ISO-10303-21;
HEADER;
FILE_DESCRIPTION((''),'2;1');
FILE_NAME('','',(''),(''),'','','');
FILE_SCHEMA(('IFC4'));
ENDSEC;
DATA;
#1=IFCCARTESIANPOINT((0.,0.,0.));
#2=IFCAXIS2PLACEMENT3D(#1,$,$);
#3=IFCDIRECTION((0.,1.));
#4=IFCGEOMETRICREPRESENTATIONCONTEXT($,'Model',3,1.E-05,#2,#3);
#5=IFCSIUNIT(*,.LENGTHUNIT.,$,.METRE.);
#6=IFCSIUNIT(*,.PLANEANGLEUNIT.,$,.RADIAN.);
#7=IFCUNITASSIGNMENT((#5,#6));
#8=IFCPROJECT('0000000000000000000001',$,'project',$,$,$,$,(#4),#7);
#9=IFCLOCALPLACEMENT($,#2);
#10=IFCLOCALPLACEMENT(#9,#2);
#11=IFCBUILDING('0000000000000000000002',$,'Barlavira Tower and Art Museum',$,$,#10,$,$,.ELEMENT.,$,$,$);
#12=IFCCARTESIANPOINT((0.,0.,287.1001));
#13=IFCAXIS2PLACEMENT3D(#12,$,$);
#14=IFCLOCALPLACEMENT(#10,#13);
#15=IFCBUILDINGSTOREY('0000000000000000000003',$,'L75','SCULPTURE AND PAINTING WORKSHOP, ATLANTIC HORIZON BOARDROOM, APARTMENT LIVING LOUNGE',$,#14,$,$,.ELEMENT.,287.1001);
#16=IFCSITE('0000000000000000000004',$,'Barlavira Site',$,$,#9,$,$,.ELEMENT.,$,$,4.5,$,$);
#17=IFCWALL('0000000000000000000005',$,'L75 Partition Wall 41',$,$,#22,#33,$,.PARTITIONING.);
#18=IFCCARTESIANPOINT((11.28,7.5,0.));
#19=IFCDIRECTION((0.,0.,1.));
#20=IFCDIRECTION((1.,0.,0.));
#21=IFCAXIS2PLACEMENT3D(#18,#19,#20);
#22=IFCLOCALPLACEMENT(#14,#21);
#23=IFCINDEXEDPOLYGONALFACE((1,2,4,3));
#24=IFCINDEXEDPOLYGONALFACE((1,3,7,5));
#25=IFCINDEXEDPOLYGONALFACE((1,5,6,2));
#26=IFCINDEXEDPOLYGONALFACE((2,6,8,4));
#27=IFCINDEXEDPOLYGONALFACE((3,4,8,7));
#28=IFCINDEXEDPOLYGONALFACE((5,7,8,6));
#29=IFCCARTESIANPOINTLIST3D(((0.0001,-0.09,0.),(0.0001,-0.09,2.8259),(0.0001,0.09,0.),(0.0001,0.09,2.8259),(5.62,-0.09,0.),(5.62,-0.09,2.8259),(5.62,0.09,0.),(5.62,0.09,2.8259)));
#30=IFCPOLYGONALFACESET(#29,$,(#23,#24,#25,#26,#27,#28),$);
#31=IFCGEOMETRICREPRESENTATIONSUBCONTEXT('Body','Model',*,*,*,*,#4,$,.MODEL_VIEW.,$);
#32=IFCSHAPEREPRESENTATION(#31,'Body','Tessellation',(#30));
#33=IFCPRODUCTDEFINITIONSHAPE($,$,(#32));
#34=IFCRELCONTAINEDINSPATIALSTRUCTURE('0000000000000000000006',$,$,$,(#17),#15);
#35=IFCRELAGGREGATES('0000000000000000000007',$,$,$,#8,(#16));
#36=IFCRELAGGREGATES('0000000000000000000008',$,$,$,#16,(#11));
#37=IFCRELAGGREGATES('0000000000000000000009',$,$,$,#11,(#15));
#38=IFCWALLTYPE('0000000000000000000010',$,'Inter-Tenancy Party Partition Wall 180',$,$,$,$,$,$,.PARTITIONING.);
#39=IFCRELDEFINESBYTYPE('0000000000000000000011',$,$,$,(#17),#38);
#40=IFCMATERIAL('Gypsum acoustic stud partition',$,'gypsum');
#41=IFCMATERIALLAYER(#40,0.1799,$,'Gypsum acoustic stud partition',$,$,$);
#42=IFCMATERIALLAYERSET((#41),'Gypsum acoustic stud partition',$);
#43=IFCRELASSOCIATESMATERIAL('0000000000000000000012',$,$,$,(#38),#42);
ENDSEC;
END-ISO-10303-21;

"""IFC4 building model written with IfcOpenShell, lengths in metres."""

from ifc_helpers import new_model, si_unit, direction, frame, frame_2d, origin, place, context, subcontext, project, spatial, rectangle, extrude, material, layer, layer_set, type_object, element, save


model = new_model("IFC4")

# Units and contexts
model_context = context("Model", 3, precision=1e-05, world=origin(), true_north=direction((0.0, 1.0)))
body_context = subcontext(model_context, "Body", "Model", "MODEL_VIEW")
ifc_project = project(units=[si_unit("LENGTHUNIT", "METRE"), si_unit("PLANEANGLEUNIT", "RADIAN")], contexts=[model_context])

# Site, building, storey
site_placement = place(None, origin())
site = spatial("IfcSite", under=ifc_project, at=site_placement, Name="Barlavira Site", CompositionType="ELEMENT", RefElevation=4.5)
building_placement = place(site_placement, origin())
building = spatial("IfcBuilding", under=site, at=building_placement, Name="Barlavira Tower and Art Museum", CompositionType="ELEMENT")
storey_placement = place(building_placement, frame((0.0, 0.0, 287.1001)))
storey = spatial("IfcBuildingStorey", under=building, at=storey_placement, Name="L75", Description="SCULPTURE AND PAINTING WORKSHOP, ATLANTIC HORIZON BOARDROOM, APARTMENT LIVING LOUNGE", CompositionType="ELEMENT", Elevation=287.1001)

# Wall
ifc_material_1 = material(Name="Gypsum acoustic stud partition", Category="gypsum")
ifc_layer_1 = layer(ifc_material_1, 0.1799, Name="Gypsum acoustic stud partition")
ifc_layer_set_1 = layer_set([ifc_layer_1], Name="Gypsum acoustic stud partition")
wall_type_1 = type_object("IfcWallType", Name="Inter-Tenancy Party Partition Wall 180", PredefinedType="PARTITIONING", material=ifc_layer_set_1)
wall_1_placement = place(storey_placement, frame((11.28, 7.5, 0.0), z_axis=(0.0, 0.0, 1.0), x_axis=(1.0, 0.0, 0.0)))
element("IfcWall", 1, at=wall_1_placement, inside=storey, type_object=wall_type_1, Name="L75 Partition Wall 41", PredefinedType="PARTITIONING", context=body_context, shape_type="SweptSolid", body=[
    extrude(rectangle(XDim=5.6199, YDim=0.1799, at=frame_2d((2.8101, 0.0))), origin(), (0.0, 0.0, 1.0), 2.8259),
])

save(model, "model.ifc")
